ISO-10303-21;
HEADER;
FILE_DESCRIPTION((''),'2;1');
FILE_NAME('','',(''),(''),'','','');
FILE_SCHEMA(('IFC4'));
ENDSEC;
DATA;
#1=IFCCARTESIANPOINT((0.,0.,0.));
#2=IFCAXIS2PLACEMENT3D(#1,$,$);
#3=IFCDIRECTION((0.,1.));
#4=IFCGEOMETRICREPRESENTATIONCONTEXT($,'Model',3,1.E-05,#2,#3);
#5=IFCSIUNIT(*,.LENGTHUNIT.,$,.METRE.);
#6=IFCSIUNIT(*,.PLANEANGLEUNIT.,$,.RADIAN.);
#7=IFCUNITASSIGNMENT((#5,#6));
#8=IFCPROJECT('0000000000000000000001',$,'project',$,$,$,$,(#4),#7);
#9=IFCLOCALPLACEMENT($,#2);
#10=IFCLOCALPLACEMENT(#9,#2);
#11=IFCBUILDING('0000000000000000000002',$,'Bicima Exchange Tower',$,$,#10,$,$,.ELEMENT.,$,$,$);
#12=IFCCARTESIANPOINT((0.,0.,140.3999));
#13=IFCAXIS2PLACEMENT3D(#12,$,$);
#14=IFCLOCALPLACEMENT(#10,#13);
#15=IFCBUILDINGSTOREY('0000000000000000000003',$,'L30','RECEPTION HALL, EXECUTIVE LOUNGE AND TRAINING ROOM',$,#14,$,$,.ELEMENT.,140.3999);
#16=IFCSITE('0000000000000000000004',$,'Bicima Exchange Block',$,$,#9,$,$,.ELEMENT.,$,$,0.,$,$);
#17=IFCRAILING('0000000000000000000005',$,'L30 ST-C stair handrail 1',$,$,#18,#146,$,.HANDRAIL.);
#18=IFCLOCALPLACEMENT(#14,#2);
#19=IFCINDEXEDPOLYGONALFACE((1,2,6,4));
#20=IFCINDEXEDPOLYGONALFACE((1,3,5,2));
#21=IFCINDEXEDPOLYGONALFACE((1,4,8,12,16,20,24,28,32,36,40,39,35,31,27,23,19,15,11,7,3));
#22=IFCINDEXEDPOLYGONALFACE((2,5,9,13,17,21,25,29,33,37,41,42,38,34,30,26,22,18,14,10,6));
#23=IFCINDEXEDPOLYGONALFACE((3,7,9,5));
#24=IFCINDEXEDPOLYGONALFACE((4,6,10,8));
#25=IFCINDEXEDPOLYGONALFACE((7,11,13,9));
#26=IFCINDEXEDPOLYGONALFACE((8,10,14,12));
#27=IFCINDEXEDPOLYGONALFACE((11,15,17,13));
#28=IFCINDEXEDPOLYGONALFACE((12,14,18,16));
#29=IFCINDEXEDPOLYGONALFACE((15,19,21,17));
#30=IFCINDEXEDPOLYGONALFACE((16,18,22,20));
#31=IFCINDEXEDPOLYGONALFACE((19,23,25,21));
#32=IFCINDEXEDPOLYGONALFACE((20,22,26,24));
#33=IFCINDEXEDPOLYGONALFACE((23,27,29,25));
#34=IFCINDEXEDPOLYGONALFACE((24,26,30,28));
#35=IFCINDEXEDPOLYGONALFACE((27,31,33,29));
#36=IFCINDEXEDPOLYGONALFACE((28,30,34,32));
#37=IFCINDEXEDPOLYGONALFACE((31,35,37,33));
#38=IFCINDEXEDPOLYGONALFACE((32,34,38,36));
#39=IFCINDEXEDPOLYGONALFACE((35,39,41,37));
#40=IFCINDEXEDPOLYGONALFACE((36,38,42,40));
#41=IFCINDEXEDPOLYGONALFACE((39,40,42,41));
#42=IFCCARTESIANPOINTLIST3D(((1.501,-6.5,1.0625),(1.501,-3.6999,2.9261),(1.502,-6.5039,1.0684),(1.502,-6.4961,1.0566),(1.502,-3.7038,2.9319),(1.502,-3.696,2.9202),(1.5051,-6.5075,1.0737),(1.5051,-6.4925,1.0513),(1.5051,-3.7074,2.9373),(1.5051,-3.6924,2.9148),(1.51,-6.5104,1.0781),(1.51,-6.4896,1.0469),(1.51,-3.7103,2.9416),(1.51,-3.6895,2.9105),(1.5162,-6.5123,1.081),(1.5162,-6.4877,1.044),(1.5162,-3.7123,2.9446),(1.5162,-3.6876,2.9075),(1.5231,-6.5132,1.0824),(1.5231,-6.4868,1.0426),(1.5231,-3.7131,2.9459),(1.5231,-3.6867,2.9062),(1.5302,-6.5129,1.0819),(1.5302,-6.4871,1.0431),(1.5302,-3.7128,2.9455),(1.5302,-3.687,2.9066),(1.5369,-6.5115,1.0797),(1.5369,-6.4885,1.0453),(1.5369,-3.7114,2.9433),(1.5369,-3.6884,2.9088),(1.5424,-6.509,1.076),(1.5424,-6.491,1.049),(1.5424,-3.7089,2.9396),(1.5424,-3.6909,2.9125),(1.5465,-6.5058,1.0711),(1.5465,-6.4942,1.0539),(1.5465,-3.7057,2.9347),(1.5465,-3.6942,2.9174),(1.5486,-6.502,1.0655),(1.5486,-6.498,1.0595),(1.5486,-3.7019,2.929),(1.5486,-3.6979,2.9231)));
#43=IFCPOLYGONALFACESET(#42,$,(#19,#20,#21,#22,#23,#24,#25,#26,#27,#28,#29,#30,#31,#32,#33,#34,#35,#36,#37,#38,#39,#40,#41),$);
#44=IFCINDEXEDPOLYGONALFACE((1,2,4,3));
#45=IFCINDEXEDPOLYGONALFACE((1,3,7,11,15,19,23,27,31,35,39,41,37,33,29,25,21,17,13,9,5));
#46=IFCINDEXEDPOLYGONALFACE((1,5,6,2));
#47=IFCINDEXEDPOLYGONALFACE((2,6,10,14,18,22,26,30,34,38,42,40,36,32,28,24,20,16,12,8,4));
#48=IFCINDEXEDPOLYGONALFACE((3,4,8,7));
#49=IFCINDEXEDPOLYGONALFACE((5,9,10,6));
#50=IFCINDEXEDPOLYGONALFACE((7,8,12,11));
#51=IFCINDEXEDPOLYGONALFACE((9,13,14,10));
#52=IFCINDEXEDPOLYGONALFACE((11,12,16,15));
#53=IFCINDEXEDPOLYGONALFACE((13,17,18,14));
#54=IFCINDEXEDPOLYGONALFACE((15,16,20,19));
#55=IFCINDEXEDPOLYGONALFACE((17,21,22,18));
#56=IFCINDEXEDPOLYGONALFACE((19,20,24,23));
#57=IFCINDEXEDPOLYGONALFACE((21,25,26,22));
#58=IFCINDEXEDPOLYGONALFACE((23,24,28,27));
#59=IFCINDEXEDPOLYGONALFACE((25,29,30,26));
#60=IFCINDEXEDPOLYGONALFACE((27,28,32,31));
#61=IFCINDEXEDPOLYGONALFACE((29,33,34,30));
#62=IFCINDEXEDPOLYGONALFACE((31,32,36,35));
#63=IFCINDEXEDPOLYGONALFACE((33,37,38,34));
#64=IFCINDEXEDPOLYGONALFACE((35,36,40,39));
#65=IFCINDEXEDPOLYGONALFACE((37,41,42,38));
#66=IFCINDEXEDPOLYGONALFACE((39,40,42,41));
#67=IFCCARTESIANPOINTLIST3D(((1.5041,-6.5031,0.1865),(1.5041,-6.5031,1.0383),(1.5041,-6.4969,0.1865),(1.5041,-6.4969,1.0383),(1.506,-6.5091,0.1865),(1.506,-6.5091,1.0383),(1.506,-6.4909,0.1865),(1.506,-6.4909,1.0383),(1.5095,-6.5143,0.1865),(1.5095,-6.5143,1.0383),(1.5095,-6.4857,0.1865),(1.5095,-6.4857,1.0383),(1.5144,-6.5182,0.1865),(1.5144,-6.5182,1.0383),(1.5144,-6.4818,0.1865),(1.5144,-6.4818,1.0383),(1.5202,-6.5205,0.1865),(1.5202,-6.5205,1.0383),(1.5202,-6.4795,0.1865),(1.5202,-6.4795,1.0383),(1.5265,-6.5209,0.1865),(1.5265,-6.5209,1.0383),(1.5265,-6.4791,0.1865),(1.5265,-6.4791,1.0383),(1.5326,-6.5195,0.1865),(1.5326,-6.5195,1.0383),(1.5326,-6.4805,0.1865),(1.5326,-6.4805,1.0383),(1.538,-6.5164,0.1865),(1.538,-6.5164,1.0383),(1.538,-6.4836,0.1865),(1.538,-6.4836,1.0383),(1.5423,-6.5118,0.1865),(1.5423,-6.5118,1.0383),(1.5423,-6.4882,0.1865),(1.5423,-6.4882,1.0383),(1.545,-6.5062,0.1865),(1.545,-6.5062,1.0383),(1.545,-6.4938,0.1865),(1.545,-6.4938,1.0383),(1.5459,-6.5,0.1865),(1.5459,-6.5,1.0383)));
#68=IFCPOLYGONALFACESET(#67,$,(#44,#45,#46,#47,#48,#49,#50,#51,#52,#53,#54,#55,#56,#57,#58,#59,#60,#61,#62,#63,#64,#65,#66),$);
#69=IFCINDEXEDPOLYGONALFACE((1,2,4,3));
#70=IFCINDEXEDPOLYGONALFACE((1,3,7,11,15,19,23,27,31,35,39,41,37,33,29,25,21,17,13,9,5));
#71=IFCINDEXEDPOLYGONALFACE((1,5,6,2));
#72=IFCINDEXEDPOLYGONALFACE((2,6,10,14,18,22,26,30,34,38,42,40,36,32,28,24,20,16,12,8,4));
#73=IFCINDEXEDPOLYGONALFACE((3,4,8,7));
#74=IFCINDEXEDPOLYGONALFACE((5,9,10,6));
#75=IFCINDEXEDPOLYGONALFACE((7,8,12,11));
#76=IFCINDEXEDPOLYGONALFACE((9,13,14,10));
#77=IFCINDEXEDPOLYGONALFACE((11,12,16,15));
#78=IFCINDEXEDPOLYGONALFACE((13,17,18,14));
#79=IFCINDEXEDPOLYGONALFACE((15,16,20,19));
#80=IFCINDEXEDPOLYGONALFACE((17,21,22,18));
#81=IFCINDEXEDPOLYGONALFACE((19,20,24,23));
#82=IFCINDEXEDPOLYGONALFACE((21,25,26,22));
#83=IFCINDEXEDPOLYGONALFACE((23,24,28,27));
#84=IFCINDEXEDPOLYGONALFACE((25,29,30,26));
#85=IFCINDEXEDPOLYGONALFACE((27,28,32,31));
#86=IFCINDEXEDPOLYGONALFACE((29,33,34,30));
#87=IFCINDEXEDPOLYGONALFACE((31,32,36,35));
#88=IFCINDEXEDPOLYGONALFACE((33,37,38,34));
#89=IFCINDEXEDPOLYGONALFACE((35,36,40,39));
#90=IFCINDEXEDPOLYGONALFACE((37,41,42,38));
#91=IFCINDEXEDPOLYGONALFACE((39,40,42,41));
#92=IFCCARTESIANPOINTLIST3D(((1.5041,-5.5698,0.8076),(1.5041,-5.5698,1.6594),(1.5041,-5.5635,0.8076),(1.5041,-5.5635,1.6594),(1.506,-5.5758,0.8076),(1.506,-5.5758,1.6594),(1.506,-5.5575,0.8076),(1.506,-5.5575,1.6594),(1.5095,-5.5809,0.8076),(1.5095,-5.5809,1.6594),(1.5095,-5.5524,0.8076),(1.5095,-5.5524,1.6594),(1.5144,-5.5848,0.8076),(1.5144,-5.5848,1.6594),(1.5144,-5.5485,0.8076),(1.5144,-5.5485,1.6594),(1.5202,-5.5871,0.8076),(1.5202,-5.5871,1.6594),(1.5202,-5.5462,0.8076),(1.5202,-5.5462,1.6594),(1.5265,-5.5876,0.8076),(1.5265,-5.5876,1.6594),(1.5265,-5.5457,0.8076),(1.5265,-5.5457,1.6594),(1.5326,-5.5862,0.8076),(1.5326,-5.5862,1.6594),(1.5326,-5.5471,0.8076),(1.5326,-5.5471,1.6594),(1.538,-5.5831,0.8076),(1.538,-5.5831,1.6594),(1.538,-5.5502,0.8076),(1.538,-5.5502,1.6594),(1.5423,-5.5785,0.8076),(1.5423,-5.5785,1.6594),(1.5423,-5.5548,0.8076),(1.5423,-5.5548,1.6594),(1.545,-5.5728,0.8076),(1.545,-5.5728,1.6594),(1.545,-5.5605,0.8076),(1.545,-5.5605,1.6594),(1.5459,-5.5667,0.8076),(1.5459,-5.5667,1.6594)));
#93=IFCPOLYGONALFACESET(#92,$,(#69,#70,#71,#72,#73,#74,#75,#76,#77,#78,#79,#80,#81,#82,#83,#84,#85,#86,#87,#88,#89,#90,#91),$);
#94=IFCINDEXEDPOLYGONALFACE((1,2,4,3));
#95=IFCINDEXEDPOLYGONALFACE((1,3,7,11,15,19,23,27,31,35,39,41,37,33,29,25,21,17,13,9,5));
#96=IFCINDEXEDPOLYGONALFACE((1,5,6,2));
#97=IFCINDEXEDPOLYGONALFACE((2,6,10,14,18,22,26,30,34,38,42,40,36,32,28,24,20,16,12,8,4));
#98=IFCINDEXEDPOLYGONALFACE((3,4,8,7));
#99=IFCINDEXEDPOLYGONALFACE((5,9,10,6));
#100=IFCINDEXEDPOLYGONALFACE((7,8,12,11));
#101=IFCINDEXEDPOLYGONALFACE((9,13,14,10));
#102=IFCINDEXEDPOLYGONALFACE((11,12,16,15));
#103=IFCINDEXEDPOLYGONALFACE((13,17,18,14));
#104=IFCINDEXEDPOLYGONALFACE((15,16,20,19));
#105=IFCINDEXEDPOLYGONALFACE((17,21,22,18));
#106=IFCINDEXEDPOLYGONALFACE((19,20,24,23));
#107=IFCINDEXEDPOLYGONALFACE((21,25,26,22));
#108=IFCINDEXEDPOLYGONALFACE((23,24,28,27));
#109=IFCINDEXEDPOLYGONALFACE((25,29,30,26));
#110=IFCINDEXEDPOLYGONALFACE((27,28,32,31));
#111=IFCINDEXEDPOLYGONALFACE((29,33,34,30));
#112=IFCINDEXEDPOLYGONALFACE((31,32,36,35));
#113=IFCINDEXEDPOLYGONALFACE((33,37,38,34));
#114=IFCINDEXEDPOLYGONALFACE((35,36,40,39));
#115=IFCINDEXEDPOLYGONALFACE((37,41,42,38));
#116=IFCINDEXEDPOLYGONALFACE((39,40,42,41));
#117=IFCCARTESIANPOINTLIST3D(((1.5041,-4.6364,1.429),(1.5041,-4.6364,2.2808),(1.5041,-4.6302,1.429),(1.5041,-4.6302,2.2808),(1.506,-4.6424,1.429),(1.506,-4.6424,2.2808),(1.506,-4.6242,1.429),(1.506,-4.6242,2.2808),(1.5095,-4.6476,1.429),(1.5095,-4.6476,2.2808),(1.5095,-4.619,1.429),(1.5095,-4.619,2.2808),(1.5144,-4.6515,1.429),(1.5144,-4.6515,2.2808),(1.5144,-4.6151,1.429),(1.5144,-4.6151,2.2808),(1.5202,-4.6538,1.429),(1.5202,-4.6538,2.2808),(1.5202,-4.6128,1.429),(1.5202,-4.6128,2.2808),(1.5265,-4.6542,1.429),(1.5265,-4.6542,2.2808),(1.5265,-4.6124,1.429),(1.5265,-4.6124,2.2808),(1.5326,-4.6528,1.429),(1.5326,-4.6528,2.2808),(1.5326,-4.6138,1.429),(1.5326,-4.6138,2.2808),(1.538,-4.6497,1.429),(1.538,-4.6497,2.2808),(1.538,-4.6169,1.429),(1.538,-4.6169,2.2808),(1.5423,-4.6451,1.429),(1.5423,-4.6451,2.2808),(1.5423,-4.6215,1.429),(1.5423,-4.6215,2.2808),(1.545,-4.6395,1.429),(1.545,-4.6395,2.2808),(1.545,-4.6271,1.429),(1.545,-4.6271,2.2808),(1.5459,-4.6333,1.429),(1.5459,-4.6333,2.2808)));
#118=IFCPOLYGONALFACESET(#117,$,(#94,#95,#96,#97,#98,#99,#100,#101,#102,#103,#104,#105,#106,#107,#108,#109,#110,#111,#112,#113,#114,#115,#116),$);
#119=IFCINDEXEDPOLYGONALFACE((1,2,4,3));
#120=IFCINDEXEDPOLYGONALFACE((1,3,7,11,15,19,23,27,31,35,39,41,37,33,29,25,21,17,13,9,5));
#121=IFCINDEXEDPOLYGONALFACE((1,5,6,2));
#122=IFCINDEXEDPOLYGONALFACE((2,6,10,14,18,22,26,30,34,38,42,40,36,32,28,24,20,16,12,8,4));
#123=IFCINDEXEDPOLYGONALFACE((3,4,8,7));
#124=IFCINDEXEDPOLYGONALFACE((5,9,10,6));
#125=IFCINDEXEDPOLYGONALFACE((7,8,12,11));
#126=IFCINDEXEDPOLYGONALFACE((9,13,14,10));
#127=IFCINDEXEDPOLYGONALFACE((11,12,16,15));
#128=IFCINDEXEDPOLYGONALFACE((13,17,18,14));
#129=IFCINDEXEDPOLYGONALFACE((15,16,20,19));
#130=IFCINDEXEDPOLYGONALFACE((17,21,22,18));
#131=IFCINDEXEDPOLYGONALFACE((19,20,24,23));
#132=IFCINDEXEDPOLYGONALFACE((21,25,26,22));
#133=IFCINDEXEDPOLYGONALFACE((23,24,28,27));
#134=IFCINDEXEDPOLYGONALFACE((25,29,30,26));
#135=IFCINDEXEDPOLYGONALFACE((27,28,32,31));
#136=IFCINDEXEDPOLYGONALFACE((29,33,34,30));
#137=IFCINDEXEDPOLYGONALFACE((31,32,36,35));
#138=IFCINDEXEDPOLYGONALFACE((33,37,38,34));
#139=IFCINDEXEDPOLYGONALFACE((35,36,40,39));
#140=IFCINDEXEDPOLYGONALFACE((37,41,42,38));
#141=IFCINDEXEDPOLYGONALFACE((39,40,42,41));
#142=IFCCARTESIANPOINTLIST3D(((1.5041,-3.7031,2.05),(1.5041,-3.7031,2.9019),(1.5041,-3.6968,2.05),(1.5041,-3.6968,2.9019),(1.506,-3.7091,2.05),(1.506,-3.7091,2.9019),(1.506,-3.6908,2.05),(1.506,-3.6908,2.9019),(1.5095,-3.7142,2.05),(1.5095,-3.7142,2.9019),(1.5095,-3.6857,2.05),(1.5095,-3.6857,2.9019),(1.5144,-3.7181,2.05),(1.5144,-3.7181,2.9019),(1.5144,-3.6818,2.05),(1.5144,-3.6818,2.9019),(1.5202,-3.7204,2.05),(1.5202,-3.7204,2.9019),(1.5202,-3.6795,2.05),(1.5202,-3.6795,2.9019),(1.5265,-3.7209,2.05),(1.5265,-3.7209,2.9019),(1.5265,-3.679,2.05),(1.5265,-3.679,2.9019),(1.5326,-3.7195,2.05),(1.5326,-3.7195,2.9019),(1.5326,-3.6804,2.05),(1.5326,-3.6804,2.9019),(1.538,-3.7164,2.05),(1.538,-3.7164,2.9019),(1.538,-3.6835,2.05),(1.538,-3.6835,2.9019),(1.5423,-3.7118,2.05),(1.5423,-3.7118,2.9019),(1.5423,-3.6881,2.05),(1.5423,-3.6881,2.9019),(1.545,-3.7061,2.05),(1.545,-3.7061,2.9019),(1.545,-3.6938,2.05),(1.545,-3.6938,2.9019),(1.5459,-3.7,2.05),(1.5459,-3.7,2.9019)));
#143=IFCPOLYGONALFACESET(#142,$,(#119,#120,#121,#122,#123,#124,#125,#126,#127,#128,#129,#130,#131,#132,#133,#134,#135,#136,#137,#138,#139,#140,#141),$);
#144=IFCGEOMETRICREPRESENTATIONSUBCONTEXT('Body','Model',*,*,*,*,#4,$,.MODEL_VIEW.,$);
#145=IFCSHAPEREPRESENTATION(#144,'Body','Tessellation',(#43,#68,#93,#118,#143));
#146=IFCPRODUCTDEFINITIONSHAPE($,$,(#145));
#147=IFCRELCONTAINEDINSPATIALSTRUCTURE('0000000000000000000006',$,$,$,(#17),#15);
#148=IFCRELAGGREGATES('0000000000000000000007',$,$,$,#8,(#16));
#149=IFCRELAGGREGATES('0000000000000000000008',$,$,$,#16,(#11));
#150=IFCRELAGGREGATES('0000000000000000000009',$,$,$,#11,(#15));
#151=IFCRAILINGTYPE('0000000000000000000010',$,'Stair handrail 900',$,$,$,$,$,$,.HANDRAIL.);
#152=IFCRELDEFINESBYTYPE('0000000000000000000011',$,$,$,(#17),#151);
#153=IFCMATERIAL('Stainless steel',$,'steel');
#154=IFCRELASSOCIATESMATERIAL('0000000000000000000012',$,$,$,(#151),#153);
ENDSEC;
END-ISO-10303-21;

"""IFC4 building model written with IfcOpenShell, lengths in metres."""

from ifc_helpers import new_model, si_unit, direction, frame, origin, origin_2d, place, context, subcontext, project, spatial, circle, extrude, material, type_object, element, save


model = new_model("IFC4")

# Units and contexts
model_context = context("Model", 3, precision=1e-05, world=origin(), true_north=direction((0.0, 1.0)))
body_context = subcontext(model_context, "Body", "Model", "MODEL_VIEW")
ifc_project = project(units=[si_unit("LENGTHUNIT", "METRE"), si_unit("PLANEANGLEUNIT", "RADIAN")], contexts=[model_context])

# Site, building, storey
site_placement = place(None, origin())
site = spatial("IfcSite", under=ifc_project, at=site_placement, Name="Bicima Exchange Block", CompositionType="ELEMENT", RefElevation=0.0)
building_placement = place(site_placement, origin())
building = spatial("IfcBuilding", under=site, at=building_placement, Name="Bicima Exchange Tower", CompositionType="ELEMENT")
storey_placement = place(building_placement, frame((0.0, 0.0, 140.3999)))
storey = spatial("IfcBuildingStorey", under=building, at=storey_placement, Name="L30", Description="RECEPTION HALL, EXECUTIVE LOUNGE AND TRAINING ROOM", CompositionType="ELEMENT", Elevation=140.3999)

# Shared definitions
ifc_material_1 = material(Name="Stainless steel", Category="steel")

# Railing
railing_type_1 = type_object("IfcRailingType", Name="Stair handrail 900", PredefinedType="HANDRAIL", material=ifc_material_1)
railing_1_placement = place(storey_placement, frame((1.5249, -6.5, 0.1865)))
element("IfcRailing", 1, at=railing_1_placement, inside=storey, type_object=railing_type_1, Name="L30 ST-C stair handrail 1", PredefinedType="HANDRAIL", context=body_context, shape_type="SweptSolid", body=[
    extrude(circle(Radius=0.0239, at=origin_2d()), frame((0.0, 0.0, 0.876), z_axis=(0.0, 0.832486, 0.554047), x_axis=(-1.0, 0.0, 0.0)), (0.0, 0.0, 1.0), 3.3635),
    extrude(circle(Radius=0.021, at=origin_2d()), origin(), (0.0, 0.0, 1.0), 0.8518),
    extrude(circle(Radius=0.021, at=origin_2d()), frame((0.0, 0.9333, 0.6211)), (0.0, 0.0, 1.0), 0.8518),
    extrude(circle(Radius=0.021, at=origin_2d()), frame((0.0, 1.8667, 1.2424)), (0.0, 0.0, 1.0), 0.8518),
    extrude(circle(Radius=0.021, at=origin_2d()), frame((0.0, 2.8, 1.8635)), (0.0, 0.0, 1.0), 0.8518),
])

save(model, "model.ifc")
